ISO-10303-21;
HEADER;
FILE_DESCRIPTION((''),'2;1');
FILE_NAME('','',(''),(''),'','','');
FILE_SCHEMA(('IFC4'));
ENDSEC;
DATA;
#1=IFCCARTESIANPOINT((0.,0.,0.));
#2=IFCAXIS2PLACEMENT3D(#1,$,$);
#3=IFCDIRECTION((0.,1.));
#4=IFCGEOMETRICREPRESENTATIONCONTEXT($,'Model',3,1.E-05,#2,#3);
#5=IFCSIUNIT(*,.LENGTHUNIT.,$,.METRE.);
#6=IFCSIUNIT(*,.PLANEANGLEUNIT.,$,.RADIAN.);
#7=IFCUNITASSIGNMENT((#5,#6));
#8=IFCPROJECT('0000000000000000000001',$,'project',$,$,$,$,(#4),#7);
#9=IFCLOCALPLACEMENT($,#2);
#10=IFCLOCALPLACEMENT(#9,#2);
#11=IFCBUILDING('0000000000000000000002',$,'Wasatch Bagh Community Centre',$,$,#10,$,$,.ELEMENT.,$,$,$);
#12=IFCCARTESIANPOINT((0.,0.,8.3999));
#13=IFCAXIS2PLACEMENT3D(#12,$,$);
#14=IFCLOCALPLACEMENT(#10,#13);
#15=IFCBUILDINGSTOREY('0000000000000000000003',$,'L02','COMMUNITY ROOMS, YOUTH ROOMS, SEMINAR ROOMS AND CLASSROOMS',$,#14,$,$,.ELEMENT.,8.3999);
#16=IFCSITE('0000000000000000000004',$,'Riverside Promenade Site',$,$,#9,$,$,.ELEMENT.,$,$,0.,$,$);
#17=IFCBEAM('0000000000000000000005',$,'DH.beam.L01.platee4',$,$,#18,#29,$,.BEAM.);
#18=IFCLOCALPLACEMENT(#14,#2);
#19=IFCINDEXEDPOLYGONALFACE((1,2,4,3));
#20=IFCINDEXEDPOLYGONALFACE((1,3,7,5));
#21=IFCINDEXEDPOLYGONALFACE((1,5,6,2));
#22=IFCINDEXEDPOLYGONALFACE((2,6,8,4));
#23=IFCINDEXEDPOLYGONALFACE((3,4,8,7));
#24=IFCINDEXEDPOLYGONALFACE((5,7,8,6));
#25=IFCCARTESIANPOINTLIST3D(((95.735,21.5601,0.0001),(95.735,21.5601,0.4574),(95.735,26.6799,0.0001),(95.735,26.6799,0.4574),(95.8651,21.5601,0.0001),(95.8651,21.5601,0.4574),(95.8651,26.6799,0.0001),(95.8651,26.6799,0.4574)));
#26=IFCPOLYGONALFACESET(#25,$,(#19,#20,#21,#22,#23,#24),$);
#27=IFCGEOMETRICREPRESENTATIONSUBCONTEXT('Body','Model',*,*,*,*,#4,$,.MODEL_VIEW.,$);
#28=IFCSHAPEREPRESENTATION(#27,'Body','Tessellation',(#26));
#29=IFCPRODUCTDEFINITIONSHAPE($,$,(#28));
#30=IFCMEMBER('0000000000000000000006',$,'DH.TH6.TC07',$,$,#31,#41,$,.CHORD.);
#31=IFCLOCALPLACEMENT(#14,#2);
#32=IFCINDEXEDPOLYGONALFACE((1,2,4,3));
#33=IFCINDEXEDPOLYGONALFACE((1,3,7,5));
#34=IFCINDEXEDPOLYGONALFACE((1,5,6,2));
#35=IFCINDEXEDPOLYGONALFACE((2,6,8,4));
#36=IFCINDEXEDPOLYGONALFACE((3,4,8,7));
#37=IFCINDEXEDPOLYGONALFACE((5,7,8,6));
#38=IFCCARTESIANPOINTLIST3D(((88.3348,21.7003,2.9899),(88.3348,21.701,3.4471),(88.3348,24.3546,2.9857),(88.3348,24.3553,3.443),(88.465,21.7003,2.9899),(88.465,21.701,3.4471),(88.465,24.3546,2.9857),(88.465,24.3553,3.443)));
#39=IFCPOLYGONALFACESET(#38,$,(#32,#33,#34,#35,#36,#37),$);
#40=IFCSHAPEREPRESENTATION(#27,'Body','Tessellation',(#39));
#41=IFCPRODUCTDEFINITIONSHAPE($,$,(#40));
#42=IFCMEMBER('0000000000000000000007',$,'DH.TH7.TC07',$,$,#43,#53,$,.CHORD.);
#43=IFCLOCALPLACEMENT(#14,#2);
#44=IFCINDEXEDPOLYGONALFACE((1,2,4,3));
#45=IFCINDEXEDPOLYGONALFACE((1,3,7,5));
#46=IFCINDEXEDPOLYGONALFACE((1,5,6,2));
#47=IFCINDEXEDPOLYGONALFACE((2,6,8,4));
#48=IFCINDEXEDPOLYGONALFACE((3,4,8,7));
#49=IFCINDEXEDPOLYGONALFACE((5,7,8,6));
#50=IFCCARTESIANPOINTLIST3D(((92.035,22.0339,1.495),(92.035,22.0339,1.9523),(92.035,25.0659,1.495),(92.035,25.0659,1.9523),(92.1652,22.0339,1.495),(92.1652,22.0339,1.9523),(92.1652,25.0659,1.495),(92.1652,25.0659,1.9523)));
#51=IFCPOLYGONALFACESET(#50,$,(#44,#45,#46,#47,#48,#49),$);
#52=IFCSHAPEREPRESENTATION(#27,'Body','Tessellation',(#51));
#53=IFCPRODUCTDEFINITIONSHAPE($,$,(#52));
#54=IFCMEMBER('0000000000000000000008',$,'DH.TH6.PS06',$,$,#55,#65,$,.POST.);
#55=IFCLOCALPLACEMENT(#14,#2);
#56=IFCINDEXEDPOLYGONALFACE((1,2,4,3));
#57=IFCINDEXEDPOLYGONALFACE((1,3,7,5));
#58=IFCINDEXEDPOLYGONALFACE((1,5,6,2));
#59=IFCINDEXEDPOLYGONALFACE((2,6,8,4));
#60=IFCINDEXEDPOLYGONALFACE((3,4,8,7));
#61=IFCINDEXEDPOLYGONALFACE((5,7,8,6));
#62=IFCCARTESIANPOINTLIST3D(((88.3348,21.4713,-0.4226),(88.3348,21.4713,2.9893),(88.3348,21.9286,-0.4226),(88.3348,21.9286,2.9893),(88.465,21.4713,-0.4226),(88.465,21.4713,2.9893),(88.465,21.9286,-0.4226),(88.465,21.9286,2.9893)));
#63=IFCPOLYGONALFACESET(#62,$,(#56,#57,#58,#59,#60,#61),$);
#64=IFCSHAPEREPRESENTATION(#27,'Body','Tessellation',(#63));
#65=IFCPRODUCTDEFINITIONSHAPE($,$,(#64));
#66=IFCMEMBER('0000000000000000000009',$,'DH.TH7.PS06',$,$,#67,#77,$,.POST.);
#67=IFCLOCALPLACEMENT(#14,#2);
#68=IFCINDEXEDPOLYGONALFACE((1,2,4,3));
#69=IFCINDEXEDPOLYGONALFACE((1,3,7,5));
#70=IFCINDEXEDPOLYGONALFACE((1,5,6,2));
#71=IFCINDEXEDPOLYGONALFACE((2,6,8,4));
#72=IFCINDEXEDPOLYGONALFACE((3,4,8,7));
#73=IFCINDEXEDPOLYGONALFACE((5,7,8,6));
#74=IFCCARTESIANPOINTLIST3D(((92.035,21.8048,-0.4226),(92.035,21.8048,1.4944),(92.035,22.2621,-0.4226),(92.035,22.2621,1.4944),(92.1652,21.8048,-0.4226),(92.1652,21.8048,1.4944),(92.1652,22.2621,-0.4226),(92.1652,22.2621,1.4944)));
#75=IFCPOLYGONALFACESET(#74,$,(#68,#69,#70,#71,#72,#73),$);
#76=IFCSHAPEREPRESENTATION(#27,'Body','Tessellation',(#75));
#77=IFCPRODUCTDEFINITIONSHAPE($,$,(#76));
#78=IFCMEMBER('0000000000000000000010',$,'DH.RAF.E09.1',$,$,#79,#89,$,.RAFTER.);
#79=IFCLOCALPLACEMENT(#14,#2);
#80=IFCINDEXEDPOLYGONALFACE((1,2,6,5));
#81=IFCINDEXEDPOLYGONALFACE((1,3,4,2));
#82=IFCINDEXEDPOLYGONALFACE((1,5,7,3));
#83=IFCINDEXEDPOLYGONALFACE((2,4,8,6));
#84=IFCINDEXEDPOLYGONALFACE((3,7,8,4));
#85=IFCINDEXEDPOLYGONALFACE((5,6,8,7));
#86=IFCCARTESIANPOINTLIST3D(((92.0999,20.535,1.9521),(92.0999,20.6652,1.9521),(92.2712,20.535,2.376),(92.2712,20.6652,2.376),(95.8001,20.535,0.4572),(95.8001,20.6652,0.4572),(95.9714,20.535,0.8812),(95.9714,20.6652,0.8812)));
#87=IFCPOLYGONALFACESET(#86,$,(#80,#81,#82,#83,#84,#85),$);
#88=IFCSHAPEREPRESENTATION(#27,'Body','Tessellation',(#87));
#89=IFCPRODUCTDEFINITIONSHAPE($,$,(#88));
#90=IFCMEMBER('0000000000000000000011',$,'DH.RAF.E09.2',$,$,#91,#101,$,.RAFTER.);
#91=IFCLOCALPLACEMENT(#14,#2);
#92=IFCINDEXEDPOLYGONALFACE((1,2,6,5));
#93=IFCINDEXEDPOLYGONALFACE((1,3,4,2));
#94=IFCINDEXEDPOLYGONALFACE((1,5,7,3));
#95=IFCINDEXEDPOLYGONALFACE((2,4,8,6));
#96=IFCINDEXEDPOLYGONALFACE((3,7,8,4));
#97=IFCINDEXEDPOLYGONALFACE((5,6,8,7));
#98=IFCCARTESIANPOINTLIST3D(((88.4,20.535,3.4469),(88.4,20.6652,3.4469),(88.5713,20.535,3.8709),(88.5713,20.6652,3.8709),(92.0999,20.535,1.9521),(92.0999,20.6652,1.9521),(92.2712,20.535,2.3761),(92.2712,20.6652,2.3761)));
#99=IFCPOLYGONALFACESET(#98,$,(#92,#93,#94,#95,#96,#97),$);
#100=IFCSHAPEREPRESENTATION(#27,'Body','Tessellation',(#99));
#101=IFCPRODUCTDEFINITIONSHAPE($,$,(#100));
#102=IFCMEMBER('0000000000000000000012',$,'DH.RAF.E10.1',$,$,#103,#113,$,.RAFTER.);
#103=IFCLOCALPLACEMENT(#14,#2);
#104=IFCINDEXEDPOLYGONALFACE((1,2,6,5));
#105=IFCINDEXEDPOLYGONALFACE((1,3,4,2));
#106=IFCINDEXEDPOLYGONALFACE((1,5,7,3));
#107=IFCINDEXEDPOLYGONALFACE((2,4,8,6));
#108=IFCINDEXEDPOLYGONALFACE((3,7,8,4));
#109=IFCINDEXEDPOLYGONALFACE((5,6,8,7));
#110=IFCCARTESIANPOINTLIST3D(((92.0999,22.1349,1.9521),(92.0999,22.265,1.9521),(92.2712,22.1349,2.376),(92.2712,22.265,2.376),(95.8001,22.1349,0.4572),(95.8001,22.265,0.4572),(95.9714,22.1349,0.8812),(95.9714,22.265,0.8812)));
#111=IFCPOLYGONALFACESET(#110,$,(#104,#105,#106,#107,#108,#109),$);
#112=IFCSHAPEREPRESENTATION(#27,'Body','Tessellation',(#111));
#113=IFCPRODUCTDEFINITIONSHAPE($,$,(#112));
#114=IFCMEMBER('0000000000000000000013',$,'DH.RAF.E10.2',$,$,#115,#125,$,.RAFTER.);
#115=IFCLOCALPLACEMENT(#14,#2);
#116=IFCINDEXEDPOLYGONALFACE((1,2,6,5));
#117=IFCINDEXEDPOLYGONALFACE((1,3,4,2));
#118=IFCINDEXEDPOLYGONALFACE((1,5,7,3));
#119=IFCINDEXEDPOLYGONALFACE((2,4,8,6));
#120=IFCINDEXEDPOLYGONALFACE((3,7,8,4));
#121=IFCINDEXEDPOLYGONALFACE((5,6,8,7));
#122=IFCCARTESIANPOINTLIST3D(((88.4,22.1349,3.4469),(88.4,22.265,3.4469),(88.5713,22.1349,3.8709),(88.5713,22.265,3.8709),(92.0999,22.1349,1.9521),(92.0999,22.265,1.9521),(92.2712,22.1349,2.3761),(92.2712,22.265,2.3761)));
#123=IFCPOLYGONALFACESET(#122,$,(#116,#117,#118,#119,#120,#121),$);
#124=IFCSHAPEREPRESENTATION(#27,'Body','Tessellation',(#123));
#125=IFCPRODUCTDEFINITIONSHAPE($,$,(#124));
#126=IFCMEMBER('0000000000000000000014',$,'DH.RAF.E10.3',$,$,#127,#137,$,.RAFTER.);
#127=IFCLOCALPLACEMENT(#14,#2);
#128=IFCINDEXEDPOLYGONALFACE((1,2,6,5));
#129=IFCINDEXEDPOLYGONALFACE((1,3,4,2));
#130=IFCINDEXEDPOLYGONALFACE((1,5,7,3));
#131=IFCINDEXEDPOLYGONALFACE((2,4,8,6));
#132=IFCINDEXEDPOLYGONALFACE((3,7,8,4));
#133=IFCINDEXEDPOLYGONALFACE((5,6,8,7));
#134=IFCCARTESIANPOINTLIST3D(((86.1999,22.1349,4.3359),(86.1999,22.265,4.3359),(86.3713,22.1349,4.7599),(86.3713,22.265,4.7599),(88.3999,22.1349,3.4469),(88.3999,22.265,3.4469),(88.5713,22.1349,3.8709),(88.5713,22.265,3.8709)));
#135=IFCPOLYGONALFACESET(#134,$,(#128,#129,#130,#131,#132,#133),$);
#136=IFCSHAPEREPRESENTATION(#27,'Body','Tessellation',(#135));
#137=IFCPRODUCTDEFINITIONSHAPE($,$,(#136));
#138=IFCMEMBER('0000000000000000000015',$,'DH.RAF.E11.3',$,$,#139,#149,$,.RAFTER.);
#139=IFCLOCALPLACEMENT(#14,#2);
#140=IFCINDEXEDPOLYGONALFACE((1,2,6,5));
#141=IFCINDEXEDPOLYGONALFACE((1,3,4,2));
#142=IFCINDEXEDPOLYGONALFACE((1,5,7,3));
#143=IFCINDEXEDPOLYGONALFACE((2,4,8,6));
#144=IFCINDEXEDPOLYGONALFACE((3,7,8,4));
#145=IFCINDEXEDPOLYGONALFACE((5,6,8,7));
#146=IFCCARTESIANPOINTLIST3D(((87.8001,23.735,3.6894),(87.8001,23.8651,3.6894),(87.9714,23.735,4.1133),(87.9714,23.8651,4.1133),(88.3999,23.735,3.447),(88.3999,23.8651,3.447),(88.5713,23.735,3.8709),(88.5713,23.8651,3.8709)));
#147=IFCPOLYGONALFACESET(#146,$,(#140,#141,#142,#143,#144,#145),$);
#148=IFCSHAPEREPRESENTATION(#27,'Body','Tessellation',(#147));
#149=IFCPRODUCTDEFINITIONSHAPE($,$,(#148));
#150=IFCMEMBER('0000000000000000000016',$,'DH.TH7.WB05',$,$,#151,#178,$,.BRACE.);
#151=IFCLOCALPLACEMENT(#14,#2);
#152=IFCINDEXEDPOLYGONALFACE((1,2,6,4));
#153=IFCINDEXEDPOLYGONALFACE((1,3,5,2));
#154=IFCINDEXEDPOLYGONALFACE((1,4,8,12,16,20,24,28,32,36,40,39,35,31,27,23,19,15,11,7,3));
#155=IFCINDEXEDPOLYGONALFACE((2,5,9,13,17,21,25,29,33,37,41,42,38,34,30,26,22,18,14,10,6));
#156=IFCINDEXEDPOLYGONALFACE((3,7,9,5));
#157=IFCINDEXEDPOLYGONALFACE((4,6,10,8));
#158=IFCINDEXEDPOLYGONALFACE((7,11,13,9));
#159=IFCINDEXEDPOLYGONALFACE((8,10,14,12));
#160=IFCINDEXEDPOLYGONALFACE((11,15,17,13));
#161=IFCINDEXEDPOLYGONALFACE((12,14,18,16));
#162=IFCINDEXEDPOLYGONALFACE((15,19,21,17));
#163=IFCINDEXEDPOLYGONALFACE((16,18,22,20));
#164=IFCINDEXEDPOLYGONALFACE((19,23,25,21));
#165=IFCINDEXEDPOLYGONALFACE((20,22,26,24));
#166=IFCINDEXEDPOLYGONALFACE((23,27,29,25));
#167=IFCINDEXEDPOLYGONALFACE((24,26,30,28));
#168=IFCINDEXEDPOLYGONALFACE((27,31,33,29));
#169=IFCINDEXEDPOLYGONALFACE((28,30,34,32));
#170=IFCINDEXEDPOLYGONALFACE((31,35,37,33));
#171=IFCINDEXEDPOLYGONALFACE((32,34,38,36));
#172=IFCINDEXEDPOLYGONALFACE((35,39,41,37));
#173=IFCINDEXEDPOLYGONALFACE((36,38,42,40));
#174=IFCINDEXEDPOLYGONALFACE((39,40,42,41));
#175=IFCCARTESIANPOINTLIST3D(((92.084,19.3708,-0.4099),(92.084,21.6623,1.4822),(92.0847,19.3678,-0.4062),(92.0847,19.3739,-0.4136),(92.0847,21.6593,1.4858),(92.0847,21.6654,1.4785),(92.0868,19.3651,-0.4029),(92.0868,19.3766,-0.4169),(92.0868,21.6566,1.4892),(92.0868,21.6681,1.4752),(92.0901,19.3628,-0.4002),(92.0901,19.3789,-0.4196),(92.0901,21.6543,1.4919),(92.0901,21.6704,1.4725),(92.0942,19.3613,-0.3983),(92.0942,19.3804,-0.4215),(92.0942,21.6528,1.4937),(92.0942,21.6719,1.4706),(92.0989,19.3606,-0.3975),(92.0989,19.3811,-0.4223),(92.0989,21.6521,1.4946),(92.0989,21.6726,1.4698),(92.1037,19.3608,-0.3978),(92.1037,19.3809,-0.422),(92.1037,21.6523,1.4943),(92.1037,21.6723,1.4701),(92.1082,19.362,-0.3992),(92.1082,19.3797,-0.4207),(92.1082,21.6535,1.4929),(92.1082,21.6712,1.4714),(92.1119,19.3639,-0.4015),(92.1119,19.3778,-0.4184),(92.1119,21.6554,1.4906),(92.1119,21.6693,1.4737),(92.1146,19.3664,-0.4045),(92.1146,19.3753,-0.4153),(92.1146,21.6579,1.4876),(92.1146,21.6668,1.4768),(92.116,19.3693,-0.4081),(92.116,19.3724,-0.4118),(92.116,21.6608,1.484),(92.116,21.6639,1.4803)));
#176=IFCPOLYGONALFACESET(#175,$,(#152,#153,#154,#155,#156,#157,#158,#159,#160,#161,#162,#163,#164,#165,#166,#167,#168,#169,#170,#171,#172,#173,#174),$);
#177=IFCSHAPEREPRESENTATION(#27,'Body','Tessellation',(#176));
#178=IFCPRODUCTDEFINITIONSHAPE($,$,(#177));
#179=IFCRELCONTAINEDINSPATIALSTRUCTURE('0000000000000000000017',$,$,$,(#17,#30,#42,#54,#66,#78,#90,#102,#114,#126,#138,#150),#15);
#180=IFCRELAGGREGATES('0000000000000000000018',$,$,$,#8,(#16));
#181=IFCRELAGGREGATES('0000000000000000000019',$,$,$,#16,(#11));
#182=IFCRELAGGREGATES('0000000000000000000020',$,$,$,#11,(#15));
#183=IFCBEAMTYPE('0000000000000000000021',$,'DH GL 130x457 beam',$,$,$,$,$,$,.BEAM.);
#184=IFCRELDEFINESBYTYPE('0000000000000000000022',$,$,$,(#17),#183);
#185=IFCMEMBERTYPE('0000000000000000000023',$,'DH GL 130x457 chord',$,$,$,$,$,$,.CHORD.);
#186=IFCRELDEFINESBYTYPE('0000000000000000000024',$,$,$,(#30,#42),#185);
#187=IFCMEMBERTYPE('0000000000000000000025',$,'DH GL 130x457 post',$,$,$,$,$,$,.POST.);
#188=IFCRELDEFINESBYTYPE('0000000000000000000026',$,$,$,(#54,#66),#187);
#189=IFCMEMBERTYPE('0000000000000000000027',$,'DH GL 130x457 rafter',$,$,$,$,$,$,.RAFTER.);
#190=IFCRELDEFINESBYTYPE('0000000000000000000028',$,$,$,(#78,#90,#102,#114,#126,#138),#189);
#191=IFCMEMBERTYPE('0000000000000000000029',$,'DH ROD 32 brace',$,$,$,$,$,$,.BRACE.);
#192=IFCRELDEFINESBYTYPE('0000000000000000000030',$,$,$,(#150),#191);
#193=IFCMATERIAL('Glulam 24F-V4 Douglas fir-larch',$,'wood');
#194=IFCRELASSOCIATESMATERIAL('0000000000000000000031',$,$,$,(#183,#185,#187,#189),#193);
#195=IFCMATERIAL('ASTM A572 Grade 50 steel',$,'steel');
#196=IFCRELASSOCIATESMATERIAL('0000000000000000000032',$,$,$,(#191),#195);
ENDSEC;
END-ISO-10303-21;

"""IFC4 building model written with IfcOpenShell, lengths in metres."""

from ifc_helpers import new_model, si_unit, direction, frame, origin, origin_2d, place, context, subcontext, project, spatial, rectangle, circle, extrude, material, material_profile, profile_set, type_object, element, save


model = new_model("IFC4")

# Units and contexts
model_context = context("Model", 3, precision=1e-05, world=origin(), true_north=direction((0.0, 1.0)))
body_context = subcontext(model_context, "Body", "Model", "MODEL_VIEW")
ifc_project = project(units=[si_unit("LENGTHUNIT", "METRE"), si_unit("PLANEANGLEUNIT", "RADIAN")], contexts=[model_context])

# Site, building, storey
site_placement = place(None, origin())
site = spatial("IfcSite", under=ifc_project, at=site_placement, Name="Riverside Promenade Site", CompositionType="ELEMENT", RefElevation=0.0)
building_placement = place(site_placement, origin())
building = spatial("IfcBuilding", under=site, at=building_placement, Name="Wasatch Bagh Community Centre", CompositionType="ELEMENT")
storey_placement = place(building_placement, frame((0.0, 0.0, 8.3999)))
storey = spatial("IfcBuildingStorey", under=building, at=storey_placement, Name="L02", Description="COMMUNITY ROOMS, YOUTH ROOMS, SEMINAR ROOMS AND CLASSROOMS", CompositionType="ELEMENT", Elevation=8.3999)

# Beam
ifc_material_1 = material(Name="Glulam 24F-V4 Douglas fir-larch", Category="wood")
ifc_material_profile_1 = material_profile(ifc_material_1, rectangle(XDim=0.1301, YDim=0.4573, at=origin_2d()), Name="GL 130x457")
ifc_profile_set_1 = profile_set([ifc_material_profile_1], Name="Glulam 24F-V4 Douglas fir-larch")
beam_type = type_object("IfcBeamType", Name="DH GL 130x457 beam", PredefinedType="BEAM", material=ifc_profile_set_1)
beam_placement = place(storey_placement, frame((95.8, 21.5601, 0.2288), z_axis=(0.0, 1.0, 0.0), x_axis=(-1.0, 0.0, 0.0)))
element("IfcBeam", 1, at=beam_placement, inside=storey, type_object=beam_type, Name="DH.beam.L01.platee4", PredefinedType="BEAM", context=body_context, shape_type="SweptSolid", body=[
    extrude(rectangle(XDim=0.1301, YDim=0.4573, at=origin_2d()), origin(), (0.0, 0.0, 1.0), 5.1199),
])

# Members
ifc_material_profile_2 = material_profile(ifc_material_1, rectangle(XDim=0.1301, YDim=0.4573, at=origin_2d()), Name="GL 130x457")
ifc_profile_set_2 = profile_set([ifc_material_profile_2], Name="Glulam 24F-V4 Douglas fir-larch")
member_type_1 = type_object("IfcMemberType", Name="DH GL 130x457 chord", PredefinedType="CHORD", material=ifc_profile_set_2)
member_1_placement = place(storey_placement, frame((88.3999, 21.7007, 3.2185), z_axis=(0.0, 0.999999, -0.001564), x_axis=(-1.0, 0.0, 0.0)))
element("IfcMember", 2, at=member_1_placement, inside=storey, type_object=member_type_1, Name="DH.TH6.TC07", PredefinedType="CHORD", context=body_context, shape_type="SweptSolid", body=[
    extrude(rectangle(XDim=0.1301, YDim=0.4573, at=origin_2d()), origin(), (0.0, 0.0, 1.0), 2.6543),
])
member_2_placement = place(storey_placement, frame((92.1001, 22.0339, 1.7236), z_axis=(0.0, 1.0, 0.0), x_axis=(-1.0, 0.0, 0.0)))
element("IfcMember", 3, at=member_2_placement, inside=storey, type_object=member_type_1, Name="DH.TH7.TC07", PredefinedType="CHORD", context=body_context, shape_type="SweptSolid", body=[
    extrude(rectangle(XDim=0.1301, YDim=0.4573, at=origin_2d()), origin(), (0.0, 0.0, 1.0), 3.032),
])
ifc_material_profile_3 = material_profile(ifc_material_1, rectangle(XDim=0.1301, YDim=0.4573, at=origin_2d()), Name="GL 130x457")
ifc_profile_set_3 = profile_set([ifc_material_profile_3], Name="Glulam 24F-V4 Douglas fir-larch")
member_type_2 = type_object("IfcMemberType", Name="DH GL 130x457 post", PredefinedType="POST", material=ifc_profile_set_3)
member_3_placement = place(storey_placement, frame((88.3999, 21.7, -0.4226), z_axis=(0.0, 0.0, 1.0), x_axis=(1.0, 0.0, 0.0)))
element("IfcMember", 4, at=member_3_placement, inside=storey, type_object=member_type_2, Name="DH.TH6.PS06", PredefinedType="POST", context=body_context, shape_type="SweptSolid", body=[
    extrude(rectangle(XDim=0.1301, YDim=0.4573, at=origin_2d()), origin(), (0.0, 0.0, 1.0), 3.4119),
])
member_4_placement = place(storey_placement, frame((92.1001, 22.0334, -0.4226), z_axis=(0.0, 0.0, 1.0), x_axis=(1.0, 0.0, 0.0)))
element("IfcMember", 5, at=member_4_placement, inside=storey, type_object=member_type_2, Name="DH.TH7.PS06", PredefinedType="POST", context=body_context, shape_type="SweptSolid", body=[
    extrude(rectangle(XDim=0.1301, YDim=0.4573, at=origin_2d()), origin(), (0.0, 0.0, 1.0), 1.917),
])
ifc_material_profile_4 = material_profile(ifc_material_1, rectangle(XDim=0.1301, YDim=0.4573, at=origin_2d()), Name="GL 130x457")
ifc_profile_set_4 = profile_set([ifc_material_profile_4], Name="Glulam 24F-V4 Douglas fir-larch")
member_type_3 = type_object("IfcMemberType", Name="DH GL 130x457 rafter", PredefinedType="RAFTER", material=ifc_profile_set_4)
member_5_placement = place(storey_placement, frame((95.8857, 20.6001, 0.6692), z_axis=(-0.927193, 0.0, 0.374584), x_axis=(0.0, -1.0, 0.0)))
element("IfcMember", 6, at=member_5_placement, inside=storey, type_object=member_type_3, Name="DH.RAF.E09.1", PredefinedType="RAFTER", context=body_context, shape_type="SweptSolid", body=[
    extrude(rectangle(XDim=0.1301, YDim=0.4573, at=origin_2d()), origin(), (0.0, 0.0, 1.0), 3.9907),
])
member_6_placement = place(storey_placement, frame((92.1855, 20.6001, 2.1641), z_axis=(-0.927184, 0.0, 0.374606), x_axis=(0.0, -1.0, 0.0)))
element("IfcMember", 7, at=member_6_placement, inside=storey, type_object=member_type_3, Name="DH.RAF.E09.2", PredefinedType="RAFTER", context=body_context, shape_type="SweptSolid", body=[
    extrude(rectangle(XDim=0.1301, YDim=0.4573, at=origin_2d()), origin(), (0.0, 0.0, 1.0), 3.9905),
])
member_7_placement = place(storey_placement, frame((95.8857, 22.2, 0.6692), z_axis=(-0.927193, 0.0, 0.374584), x_axis=(0.0, -1.0, 0.0)))
element("IfcMember", 8, at=member_7_placement, inside=storey, type_object=member_type_3, Name="DH.RAF.E10.1", PredefinedType="RAFTER", context=body_context, shape_type="SweptSolid", body=[
    extrude(rectangle(XDim=0.1301, YDim=0.4573, at=origin_2d()), origin(), (0.0, 0.0, 1.0), 3.9907),
])
member_8_placement = place(storey_placement, frame((92.1855, 22.2, 2.1641), z_axis=(-0.927184, 0.0, 0.374606), x_axis=(0.0, -1.0, 0.0)))
element("IfcMember", 9, at=member_8_placement, inside=storey, type_object=member_type_3, Name="DH.RAF.E10.2", PredefinedType="RAFTER", context=body_context, shape_type="SweptSolid", body=[
    extrude(rectangle(XDim=0.1301, YDim=0.4573, at=origin_2d()), origin(), (0.0, 0.0, 1.0), 3.9905),
])
member_9_placement = place(storey_placement, frame((88.4856, 22.2, 3.6589), z_axis=(-0.927172, 0.0, 0.374635), x_axis=(0.0, -1.0, 0.0)))
element("IfcMember", 10, at=member_9_placement, inside=storey, type_object=member_type_3, Name="DH.RAF.E10.3", PredefinedType="RAFTER", context=body_context, shape_type="SweptSolid", body=[
    extrude(rectangle(XDim=0.1301, YDim=0.4573, at=origin_2d()), origin(), (0.0, 0.0, 1.0), 2.3728),
])
member_10_placement = place(storey_placement, frame((88.4856, 23.8, 3.6589), z_axis=(-0.927144, 0.0, 0.374706), x_axis=(0.0, -1.0, 0.0)))
element("IfcMember", 11, at=member_10_placement, inside=storey, type_object=member_type_3, Name="DH.RAF.E11.3", PredefinedType="RAFTER", context=body_context, shape_type="SweptSolid", body=[
    extrude(rectangle(XDim=0.1301, YDim=0.4573, at=origin_2d()), origin(), (0.0, 0.0, 1.0), 0.647),
])
ifc_material_2 = material(Name="ASTM A572 Grade 50 steel", Category="steel")
ifc_material_profile_5 = material_profile(ifc_material_2, circle(Radius=0.0161, at=origin_2d()), Name="ROD 32")
ifc_profile_set_5 = profile_set([ifc_material_profile_5], Name="ASTM A572 Grade 50 steel")
member_type_4 = type_object("IfcMemberType", Name="DH ROD 32 brace", PredefinedType="BRACE", material=ifc_profile_set_5)
member_11_placement = place(storey_placement, frame((92.1001, 19.3708, -0.4099), z_axis=(0.0, 0.771109, 0.636703), x_axis=(-1.0, 0.0, 0.0)))
element("IfcMember", 12, at=member_11_placement, inside=storey, type_object=member_type_4, Name="DH.TH7.WB05", PredefinedType="BRACE", context=body_context, shape_type="SweptSolid", body=[
    extrude(circle(Radius=0.0161, at=origin_2d()), origin(), (0.0, 0.0, 1.0), 2.9717),
])

save(model, "model.ifc")
